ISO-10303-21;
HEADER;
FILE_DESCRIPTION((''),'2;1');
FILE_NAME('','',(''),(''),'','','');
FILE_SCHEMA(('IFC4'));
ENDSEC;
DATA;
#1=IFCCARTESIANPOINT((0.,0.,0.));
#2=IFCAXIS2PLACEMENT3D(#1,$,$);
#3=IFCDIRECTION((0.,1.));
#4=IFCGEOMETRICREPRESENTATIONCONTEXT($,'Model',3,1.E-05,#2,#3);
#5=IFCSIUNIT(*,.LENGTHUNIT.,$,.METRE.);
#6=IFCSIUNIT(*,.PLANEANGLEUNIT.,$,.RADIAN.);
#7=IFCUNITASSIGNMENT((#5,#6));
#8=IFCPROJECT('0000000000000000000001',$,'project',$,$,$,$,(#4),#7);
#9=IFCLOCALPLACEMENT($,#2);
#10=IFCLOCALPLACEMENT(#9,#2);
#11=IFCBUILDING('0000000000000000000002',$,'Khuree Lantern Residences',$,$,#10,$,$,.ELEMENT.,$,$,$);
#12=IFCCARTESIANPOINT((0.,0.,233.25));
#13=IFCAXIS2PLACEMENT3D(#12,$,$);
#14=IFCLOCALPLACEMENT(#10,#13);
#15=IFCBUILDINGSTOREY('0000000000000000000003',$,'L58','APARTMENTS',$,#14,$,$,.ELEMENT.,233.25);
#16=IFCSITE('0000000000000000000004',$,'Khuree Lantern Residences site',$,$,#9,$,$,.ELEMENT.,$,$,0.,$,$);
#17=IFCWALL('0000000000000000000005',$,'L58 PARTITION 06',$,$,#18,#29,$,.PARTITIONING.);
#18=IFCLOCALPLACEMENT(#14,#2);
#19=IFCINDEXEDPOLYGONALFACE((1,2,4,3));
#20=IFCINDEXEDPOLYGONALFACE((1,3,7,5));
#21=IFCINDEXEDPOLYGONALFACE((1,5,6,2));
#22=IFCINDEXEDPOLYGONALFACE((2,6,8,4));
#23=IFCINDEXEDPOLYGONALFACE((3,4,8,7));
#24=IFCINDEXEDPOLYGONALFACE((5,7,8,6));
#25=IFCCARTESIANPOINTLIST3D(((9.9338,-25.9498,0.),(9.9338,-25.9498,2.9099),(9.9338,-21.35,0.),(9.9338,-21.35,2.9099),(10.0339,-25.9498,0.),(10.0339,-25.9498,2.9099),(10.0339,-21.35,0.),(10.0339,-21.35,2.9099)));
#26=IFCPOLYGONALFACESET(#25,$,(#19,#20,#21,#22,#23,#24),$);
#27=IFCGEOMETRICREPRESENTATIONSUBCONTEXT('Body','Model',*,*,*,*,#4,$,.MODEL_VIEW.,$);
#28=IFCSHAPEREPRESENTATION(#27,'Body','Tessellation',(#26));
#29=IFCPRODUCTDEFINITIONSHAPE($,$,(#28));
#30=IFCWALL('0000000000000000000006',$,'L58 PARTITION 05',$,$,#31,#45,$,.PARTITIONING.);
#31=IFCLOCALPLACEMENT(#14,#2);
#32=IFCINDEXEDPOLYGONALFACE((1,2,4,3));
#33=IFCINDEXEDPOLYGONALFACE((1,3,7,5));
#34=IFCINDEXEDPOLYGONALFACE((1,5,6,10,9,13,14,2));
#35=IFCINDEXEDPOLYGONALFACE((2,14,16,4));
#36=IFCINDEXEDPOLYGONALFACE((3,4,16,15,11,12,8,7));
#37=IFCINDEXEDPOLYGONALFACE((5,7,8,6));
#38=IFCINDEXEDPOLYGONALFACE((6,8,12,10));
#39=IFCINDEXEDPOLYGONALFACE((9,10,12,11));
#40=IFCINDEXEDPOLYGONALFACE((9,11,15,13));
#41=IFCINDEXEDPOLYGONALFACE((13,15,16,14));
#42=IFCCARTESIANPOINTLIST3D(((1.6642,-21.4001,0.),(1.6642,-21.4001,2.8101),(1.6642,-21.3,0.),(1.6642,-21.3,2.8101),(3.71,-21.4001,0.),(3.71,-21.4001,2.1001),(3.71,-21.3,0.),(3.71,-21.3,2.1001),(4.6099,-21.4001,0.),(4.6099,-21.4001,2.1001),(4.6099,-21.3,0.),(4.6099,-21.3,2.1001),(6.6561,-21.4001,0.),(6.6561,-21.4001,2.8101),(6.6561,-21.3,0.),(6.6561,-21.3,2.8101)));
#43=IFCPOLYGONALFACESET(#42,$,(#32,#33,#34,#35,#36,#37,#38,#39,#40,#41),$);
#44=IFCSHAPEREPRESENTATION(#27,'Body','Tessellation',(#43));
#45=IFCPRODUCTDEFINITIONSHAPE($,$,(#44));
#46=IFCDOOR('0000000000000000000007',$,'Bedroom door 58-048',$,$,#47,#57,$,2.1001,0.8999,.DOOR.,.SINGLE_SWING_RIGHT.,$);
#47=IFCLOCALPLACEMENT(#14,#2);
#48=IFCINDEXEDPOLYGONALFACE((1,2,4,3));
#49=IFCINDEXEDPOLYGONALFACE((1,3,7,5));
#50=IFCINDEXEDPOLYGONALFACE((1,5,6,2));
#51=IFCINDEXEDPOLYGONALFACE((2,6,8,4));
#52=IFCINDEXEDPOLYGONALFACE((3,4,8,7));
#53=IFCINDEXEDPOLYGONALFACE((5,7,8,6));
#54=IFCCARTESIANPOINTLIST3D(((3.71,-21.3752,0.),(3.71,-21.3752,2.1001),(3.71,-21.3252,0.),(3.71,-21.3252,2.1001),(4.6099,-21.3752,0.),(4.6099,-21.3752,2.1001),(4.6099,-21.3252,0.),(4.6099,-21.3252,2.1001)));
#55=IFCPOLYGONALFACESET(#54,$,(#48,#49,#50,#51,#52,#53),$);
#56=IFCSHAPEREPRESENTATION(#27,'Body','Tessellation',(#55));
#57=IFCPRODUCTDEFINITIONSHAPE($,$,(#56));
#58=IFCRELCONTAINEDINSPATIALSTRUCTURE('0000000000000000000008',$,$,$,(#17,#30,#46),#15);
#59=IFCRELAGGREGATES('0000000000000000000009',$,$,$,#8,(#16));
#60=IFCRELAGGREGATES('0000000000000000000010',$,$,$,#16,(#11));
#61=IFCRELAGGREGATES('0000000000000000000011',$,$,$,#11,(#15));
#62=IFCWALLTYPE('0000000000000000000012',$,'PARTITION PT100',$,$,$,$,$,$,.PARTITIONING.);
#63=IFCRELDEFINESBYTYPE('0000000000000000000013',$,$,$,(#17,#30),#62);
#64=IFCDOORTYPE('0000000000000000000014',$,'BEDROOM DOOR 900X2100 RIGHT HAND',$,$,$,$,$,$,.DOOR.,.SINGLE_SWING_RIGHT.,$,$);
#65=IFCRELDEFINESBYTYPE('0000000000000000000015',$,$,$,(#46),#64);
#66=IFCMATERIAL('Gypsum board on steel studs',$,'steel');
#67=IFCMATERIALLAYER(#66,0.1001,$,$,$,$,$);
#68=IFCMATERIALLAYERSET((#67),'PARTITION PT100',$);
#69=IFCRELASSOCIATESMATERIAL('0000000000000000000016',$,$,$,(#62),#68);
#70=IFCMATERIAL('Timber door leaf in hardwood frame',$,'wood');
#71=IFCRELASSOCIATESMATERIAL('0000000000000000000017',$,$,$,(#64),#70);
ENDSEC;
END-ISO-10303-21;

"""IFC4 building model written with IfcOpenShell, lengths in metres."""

from ifc_helpers import new_model, si_unit, direction, frame, frame_2d, origin, place, context, subcontext, project, spatial, rectangle, extrude, material, layer, layer_set, type_object, element, fill, save


model = new_model("IFC4")

# Units and contexts
model_context = context("Model", 3, precision=1e-05, world=origin(), true_north=direction((0.0, 1.0)))
body_context = subcontext(model_context, "Body", "Model", "MODEL_VIEW")
ifc_project = project(units=[si_unit("LENGTHUNIT", "METRE"), si_unit("PLANEANGLEUNIT", "RADIAN")], contexts=[model_context])

# Site, building, storey
site_placement = place(None, origin())
site = spatial("IfcSite", under=ifc_project, at=site_placement, Name="Khuree Lantern Residences site", CompositionType="ELEMENT", RefElevation=0.0)
building_placement = place(site_placement, origin())
building = spatial("IfcBuilding", under=site, at=building_placement, Name="Khuree Lantern Residences", CompositionType="ELEMENT")
storey_placement = place(building_placement, frame((0.0, 0.0, 233.25)))
storey = spatial("IfcBuildingStorey", under=building, at=storey_placement, Name="L58", Description="APARTMENTS", CompositionType="ELEMENT", Elevation=233.25)

# Wall
ifc_material_1 = material(Name="Gypsum board on steel studs", Category="steel")
ifc_layer_1 = layer(ifc_material_1, 0.1001)
ifc_layer_set_1 = layer_set([ifc_layer_1], Name="PARTITION PT100")
wall_type = type_object("IfcWallType", Name="PARTITION PT100", PredefinedType="PARTITIONING", material=ifc_layer_set_1)
for number, where, z_axis, x_axis, name in (
    (1, (9.9839, -21.3501, 0.0), (0.0, 0.0, 1.0), (0.0, -1.0, 0.0), "L58 PARTITION 06"),
):
    element("IfcWall", number, at=place(storey_placement, frame(where, z_axis=z_axis, x_axis=x_axis)), inside=storey, type_object=wall_type, Name=name, PredefinedType="PARTITIONING", context=body_context, shape_type="SweptSolid", body=[
        extrude(rectangle(XDim=4.5999, YDim=0.1001, at=frame_2d((2.2998, 0.0))), origin(), (0.0, 0.0, 1.0), 2.9099),
    ])

# Wall, opening, door
wall_placement = place(storey_placement, frame((1.6641, -21.3501, 0.0), z_axis=(0.0, 0.0, 1.0), x_axis=(1.0, 0.0, 0.0)))
wall = element("IfcWall", 2, at=wall_placement, inside=storey, type_object=wall_type, Name="L58 PARTITION 05", PredefinedType="PARTITIONING", context=body_context, shape_type="SweptSolid", body=[
    extrude(rectangle(XDim=4.9919, YDim=0.1001, at=frame_2d((2.4961, 0.0))), origin(), (0.0, 0.0, 1.0), 2.8101),
])
opening_placement = place(wall_placement, frame((2.0459, 0.0, 0.0)))
opening = element("IfcOpeningElement", 3, at=opening_placement, cuts=wall, PredefinedType="OPENING", context=body_context, shape_type="SweptSolid", body=[
    extrude(rectangle(XDim=0.8999, YDim=2.1001, at=frame_2d((0.45, 1.05))), frame((0.0, 0.0601, 0.0), z_axis=(0.0, -1.0, 0.0), x_axis=(1.0, 0.0, 0.0)), (0.0, 0.0, 1.0), 0.1201),
])
ifc_material_2 = material(Name="Timber door leaf in hardwood frame", Category="wood")
door_type = type_object("IfcDoorType", Name="BEDROOM DOOR 900X2100 RIGHT HAND", OperationType="SINGLE_SWING_RIGHT", PredefinedType="DOOR", material=ifc_material_2)
door_placement = place(opening_placement, origin())
door = element("IfcDoor", 4, at=door_placement, inside=storey, type_object=door_type, Name="Bedroom door 58-048", OperationType="SINGLE_SWING_RIGHT", OverallHeight=2.1001, OverallWidth=0.8999, PredefinedType="DOOR", context=body_context, shape_type="SweptSolid", body=[
    extrude(rectangle(XDim=0.8999, YDim=2.1001, at=frame_2d((0.45, 1.05))), frame((0.0, 0.0249, 0.0), z_axis=(0.0, -1.0, 0.0), x_axis=(1.0, 0.0, 0.0)), (0.0, 0.0, 1.0), 0.05),
])
fill(opening, door)

save(model, "model.ifc")
